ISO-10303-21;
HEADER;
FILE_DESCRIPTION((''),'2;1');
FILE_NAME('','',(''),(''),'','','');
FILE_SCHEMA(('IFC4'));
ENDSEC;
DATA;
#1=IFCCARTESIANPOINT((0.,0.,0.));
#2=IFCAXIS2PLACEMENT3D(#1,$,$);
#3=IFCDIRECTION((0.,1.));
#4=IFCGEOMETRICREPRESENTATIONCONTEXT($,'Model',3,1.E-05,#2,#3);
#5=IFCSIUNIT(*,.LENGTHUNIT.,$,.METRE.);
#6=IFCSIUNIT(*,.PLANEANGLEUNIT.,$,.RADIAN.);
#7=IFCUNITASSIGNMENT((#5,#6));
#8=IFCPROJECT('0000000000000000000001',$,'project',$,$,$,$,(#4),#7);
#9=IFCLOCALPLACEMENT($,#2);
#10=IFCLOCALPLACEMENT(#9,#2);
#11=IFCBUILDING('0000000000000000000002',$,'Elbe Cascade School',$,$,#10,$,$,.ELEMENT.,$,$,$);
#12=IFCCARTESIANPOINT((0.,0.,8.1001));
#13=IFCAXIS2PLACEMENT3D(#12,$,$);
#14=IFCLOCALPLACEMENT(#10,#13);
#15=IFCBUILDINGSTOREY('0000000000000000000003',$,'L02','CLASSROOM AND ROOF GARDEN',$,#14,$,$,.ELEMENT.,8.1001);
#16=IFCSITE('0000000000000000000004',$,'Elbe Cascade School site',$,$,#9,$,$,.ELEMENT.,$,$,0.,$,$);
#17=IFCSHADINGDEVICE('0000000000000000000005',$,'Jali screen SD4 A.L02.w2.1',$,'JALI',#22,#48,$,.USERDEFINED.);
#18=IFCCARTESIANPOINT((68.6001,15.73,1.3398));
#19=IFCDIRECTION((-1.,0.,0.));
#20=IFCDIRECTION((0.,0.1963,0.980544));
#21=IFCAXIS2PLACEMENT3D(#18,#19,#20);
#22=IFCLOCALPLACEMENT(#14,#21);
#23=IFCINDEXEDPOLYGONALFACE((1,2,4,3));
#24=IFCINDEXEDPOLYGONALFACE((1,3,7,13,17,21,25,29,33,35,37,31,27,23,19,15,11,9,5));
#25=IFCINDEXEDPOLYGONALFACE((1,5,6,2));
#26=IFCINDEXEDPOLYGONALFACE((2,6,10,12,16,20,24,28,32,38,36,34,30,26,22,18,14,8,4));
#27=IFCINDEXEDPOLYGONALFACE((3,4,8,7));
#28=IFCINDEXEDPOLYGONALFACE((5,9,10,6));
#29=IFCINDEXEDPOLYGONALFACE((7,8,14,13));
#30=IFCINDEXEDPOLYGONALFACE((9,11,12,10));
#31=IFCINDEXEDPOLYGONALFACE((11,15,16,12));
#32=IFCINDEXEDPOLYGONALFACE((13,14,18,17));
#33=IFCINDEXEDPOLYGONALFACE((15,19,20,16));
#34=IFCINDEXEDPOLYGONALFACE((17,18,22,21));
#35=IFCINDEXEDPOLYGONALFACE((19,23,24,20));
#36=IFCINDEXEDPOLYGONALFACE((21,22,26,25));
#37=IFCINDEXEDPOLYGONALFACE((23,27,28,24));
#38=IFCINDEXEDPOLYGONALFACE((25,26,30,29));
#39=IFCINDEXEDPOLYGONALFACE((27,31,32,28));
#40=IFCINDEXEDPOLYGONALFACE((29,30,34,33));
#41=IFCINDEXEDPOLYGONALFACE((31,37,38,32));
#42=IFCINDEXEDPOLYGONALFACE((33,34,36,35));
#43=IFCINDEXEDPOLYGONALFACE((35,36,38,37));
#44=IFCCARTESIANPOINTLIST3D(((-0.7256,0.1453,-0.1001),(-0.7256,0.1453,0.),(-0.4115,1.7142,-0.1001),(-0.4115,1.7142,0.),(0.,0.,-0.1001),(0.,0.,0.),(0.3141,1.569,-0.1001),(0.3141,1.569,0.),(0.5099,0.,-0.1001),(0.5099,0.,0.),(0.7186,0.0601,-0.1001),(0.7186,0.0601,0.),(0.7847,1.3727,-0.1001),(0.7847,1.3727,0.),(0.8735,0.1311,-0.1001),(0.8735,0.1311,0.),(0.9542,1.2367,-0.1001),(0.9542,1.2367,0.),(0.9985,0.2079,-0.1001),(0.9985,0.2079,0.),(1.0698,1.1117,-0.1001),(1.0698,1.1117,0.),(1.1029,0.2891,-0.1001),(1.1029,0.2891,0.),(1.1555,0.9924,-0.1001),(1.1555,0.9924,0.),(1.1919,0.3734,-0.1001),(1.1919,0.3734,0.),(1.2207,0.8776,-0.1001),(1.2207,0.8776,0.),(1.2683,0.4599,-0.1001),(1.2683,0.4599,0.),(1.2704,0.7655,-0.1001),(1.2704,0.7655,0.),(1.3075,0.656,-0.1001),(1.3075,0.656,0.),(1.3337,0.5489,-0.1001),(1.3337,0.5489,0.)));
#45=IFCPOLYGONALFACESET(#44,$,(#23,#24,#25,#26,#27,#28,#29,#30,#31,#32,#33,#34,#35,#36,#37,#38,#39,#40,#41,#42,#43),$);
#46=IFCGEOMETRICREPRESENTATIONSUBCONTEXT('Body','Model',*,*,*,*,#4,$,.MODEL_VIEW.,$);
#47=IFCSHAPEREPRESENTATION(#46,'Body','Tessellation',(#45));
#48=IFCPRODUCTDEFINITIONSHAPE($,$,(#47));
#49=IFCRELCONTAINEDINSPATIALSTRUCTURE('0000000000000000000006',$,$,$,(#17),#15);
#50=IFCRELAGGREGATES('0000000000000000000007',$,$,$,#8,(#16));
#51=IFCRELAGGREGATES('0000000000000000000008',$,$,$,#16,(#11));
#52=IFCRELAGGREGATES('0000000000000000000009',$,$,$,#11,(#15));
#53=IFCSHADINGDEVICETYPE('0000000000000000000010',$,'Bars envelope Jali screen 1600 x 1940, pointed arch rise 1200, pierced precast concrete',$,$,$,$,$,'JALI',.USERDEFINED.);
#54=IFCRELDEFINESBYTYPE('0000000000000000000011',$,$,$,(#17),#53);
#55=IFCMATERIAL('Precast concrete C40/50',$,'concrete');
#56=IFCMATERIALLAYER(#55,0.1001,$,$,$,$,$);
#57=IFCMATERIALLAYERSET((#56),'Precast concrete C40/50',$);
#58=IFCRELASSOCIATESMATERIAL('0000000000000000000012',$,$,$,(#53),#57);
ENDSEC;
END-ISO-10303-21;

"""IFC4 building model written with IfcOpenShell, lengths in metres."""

from ifc_helpers import new_model, si_unit, direction, frame, origin, place, context, subcontext, project, spatial, polyline, outline, extrude, material, layer, layer_set, type_object, element, save


model = new_model("IFC4")

# Units and contexts
model_context = context("Model", 3, precision=1e-05, world=origin(), true_north=direction((0.0, 1.0)))
body_context = subcontext(model_context, "Body", "Model", "MODEL_VIEW")
ifc_project = project(units=[si_unit("LENGTHUNIT", "METRE"), si_unit("PLANEANGLEUNIT", "RADIAN")], contexts=[model_context])

# Site, building, storey
site_placement = place(None, origin())
site = spatial("IfcSite", under=ifc_project, at=site_placement, Name="Elbe Cascade School site", CompositionType="ELEMENT", RefElevation=0.0)
building_placement = place(site_placement, origin())
building = spatial("IfcBuilding", under=site, at=building_placement, Name="Elbe Cascade School", CompositionType="ELEMENT")
storey_placement = place(building_placement, frame((0.0, 0.0, 8.1001)))
storey = spatial("IfcBuildingStorey", under=building, at=storey_placement, Name="L02", Description="CLASSROOM AND ROOF GARDEN", CompositionType="ELEMENT", Elevation=8.1001)

# Shading device
ifc_material_1 = material(Name="Precast concrete C40/50", Category="concrete")
ifc_layer_1 = layer(ifc_material_1, 0.1001)
ifc_layer_set_1 = layer_set([ifc_layer_1], Name="Precast concrete C40/50")
shading_device_type = type_object("IfcShadingDeviceType", Name="Bars envelope Jali screen 1600 x 1940, pointed arch rise 1200, pierced precast concrete", ElementType="JALI", PredefinedType="USERDEFINED", material=ifc_layer_set_1)
shading_device_placement = place(storey_placement, frame((68.6001, 15.73, 1.3398), z_axis=(-1.0, 0.0, 0.0), x_axis=(0.0, 0.1963, 0.980544)))
element("IfcShadingDevice", 1, at=shading_device_placement, inside=storey, type_object=shading_device_type, Name="Jali screen SD4 A.L02.w2.1", ObjectType="JALI", PredefinedType="USERDEFINED", context=body_context, shape_type="SweptSolid", body=[
    extrude(outline(polyline([(0.0, 0.0), (0.5099, 0.0), (0.7186, 0.0601), (0.8735, 0.1311), (0.9985, 0.2079), (1.1029, 0.2891), (1.1919, 0.3734), (1.2683, 0.4599), (1.3337, 0.5489), (1.3075, 0.656), (1.2704, 0.7655), (1.2207, 0.8776), (1.1555, 0.9924), (1.0698, 1.1117), (0.9542, 1.2367), (0.7847, 1.3727), (0.3141, 1.569), (-0.4115, 1.7142), (-0.7256, 0.1453), (0.0, 0.0)])), origin(), (0.0, 0.0, -1.0), 0.1001),
])

save(model, "model.ifc")
